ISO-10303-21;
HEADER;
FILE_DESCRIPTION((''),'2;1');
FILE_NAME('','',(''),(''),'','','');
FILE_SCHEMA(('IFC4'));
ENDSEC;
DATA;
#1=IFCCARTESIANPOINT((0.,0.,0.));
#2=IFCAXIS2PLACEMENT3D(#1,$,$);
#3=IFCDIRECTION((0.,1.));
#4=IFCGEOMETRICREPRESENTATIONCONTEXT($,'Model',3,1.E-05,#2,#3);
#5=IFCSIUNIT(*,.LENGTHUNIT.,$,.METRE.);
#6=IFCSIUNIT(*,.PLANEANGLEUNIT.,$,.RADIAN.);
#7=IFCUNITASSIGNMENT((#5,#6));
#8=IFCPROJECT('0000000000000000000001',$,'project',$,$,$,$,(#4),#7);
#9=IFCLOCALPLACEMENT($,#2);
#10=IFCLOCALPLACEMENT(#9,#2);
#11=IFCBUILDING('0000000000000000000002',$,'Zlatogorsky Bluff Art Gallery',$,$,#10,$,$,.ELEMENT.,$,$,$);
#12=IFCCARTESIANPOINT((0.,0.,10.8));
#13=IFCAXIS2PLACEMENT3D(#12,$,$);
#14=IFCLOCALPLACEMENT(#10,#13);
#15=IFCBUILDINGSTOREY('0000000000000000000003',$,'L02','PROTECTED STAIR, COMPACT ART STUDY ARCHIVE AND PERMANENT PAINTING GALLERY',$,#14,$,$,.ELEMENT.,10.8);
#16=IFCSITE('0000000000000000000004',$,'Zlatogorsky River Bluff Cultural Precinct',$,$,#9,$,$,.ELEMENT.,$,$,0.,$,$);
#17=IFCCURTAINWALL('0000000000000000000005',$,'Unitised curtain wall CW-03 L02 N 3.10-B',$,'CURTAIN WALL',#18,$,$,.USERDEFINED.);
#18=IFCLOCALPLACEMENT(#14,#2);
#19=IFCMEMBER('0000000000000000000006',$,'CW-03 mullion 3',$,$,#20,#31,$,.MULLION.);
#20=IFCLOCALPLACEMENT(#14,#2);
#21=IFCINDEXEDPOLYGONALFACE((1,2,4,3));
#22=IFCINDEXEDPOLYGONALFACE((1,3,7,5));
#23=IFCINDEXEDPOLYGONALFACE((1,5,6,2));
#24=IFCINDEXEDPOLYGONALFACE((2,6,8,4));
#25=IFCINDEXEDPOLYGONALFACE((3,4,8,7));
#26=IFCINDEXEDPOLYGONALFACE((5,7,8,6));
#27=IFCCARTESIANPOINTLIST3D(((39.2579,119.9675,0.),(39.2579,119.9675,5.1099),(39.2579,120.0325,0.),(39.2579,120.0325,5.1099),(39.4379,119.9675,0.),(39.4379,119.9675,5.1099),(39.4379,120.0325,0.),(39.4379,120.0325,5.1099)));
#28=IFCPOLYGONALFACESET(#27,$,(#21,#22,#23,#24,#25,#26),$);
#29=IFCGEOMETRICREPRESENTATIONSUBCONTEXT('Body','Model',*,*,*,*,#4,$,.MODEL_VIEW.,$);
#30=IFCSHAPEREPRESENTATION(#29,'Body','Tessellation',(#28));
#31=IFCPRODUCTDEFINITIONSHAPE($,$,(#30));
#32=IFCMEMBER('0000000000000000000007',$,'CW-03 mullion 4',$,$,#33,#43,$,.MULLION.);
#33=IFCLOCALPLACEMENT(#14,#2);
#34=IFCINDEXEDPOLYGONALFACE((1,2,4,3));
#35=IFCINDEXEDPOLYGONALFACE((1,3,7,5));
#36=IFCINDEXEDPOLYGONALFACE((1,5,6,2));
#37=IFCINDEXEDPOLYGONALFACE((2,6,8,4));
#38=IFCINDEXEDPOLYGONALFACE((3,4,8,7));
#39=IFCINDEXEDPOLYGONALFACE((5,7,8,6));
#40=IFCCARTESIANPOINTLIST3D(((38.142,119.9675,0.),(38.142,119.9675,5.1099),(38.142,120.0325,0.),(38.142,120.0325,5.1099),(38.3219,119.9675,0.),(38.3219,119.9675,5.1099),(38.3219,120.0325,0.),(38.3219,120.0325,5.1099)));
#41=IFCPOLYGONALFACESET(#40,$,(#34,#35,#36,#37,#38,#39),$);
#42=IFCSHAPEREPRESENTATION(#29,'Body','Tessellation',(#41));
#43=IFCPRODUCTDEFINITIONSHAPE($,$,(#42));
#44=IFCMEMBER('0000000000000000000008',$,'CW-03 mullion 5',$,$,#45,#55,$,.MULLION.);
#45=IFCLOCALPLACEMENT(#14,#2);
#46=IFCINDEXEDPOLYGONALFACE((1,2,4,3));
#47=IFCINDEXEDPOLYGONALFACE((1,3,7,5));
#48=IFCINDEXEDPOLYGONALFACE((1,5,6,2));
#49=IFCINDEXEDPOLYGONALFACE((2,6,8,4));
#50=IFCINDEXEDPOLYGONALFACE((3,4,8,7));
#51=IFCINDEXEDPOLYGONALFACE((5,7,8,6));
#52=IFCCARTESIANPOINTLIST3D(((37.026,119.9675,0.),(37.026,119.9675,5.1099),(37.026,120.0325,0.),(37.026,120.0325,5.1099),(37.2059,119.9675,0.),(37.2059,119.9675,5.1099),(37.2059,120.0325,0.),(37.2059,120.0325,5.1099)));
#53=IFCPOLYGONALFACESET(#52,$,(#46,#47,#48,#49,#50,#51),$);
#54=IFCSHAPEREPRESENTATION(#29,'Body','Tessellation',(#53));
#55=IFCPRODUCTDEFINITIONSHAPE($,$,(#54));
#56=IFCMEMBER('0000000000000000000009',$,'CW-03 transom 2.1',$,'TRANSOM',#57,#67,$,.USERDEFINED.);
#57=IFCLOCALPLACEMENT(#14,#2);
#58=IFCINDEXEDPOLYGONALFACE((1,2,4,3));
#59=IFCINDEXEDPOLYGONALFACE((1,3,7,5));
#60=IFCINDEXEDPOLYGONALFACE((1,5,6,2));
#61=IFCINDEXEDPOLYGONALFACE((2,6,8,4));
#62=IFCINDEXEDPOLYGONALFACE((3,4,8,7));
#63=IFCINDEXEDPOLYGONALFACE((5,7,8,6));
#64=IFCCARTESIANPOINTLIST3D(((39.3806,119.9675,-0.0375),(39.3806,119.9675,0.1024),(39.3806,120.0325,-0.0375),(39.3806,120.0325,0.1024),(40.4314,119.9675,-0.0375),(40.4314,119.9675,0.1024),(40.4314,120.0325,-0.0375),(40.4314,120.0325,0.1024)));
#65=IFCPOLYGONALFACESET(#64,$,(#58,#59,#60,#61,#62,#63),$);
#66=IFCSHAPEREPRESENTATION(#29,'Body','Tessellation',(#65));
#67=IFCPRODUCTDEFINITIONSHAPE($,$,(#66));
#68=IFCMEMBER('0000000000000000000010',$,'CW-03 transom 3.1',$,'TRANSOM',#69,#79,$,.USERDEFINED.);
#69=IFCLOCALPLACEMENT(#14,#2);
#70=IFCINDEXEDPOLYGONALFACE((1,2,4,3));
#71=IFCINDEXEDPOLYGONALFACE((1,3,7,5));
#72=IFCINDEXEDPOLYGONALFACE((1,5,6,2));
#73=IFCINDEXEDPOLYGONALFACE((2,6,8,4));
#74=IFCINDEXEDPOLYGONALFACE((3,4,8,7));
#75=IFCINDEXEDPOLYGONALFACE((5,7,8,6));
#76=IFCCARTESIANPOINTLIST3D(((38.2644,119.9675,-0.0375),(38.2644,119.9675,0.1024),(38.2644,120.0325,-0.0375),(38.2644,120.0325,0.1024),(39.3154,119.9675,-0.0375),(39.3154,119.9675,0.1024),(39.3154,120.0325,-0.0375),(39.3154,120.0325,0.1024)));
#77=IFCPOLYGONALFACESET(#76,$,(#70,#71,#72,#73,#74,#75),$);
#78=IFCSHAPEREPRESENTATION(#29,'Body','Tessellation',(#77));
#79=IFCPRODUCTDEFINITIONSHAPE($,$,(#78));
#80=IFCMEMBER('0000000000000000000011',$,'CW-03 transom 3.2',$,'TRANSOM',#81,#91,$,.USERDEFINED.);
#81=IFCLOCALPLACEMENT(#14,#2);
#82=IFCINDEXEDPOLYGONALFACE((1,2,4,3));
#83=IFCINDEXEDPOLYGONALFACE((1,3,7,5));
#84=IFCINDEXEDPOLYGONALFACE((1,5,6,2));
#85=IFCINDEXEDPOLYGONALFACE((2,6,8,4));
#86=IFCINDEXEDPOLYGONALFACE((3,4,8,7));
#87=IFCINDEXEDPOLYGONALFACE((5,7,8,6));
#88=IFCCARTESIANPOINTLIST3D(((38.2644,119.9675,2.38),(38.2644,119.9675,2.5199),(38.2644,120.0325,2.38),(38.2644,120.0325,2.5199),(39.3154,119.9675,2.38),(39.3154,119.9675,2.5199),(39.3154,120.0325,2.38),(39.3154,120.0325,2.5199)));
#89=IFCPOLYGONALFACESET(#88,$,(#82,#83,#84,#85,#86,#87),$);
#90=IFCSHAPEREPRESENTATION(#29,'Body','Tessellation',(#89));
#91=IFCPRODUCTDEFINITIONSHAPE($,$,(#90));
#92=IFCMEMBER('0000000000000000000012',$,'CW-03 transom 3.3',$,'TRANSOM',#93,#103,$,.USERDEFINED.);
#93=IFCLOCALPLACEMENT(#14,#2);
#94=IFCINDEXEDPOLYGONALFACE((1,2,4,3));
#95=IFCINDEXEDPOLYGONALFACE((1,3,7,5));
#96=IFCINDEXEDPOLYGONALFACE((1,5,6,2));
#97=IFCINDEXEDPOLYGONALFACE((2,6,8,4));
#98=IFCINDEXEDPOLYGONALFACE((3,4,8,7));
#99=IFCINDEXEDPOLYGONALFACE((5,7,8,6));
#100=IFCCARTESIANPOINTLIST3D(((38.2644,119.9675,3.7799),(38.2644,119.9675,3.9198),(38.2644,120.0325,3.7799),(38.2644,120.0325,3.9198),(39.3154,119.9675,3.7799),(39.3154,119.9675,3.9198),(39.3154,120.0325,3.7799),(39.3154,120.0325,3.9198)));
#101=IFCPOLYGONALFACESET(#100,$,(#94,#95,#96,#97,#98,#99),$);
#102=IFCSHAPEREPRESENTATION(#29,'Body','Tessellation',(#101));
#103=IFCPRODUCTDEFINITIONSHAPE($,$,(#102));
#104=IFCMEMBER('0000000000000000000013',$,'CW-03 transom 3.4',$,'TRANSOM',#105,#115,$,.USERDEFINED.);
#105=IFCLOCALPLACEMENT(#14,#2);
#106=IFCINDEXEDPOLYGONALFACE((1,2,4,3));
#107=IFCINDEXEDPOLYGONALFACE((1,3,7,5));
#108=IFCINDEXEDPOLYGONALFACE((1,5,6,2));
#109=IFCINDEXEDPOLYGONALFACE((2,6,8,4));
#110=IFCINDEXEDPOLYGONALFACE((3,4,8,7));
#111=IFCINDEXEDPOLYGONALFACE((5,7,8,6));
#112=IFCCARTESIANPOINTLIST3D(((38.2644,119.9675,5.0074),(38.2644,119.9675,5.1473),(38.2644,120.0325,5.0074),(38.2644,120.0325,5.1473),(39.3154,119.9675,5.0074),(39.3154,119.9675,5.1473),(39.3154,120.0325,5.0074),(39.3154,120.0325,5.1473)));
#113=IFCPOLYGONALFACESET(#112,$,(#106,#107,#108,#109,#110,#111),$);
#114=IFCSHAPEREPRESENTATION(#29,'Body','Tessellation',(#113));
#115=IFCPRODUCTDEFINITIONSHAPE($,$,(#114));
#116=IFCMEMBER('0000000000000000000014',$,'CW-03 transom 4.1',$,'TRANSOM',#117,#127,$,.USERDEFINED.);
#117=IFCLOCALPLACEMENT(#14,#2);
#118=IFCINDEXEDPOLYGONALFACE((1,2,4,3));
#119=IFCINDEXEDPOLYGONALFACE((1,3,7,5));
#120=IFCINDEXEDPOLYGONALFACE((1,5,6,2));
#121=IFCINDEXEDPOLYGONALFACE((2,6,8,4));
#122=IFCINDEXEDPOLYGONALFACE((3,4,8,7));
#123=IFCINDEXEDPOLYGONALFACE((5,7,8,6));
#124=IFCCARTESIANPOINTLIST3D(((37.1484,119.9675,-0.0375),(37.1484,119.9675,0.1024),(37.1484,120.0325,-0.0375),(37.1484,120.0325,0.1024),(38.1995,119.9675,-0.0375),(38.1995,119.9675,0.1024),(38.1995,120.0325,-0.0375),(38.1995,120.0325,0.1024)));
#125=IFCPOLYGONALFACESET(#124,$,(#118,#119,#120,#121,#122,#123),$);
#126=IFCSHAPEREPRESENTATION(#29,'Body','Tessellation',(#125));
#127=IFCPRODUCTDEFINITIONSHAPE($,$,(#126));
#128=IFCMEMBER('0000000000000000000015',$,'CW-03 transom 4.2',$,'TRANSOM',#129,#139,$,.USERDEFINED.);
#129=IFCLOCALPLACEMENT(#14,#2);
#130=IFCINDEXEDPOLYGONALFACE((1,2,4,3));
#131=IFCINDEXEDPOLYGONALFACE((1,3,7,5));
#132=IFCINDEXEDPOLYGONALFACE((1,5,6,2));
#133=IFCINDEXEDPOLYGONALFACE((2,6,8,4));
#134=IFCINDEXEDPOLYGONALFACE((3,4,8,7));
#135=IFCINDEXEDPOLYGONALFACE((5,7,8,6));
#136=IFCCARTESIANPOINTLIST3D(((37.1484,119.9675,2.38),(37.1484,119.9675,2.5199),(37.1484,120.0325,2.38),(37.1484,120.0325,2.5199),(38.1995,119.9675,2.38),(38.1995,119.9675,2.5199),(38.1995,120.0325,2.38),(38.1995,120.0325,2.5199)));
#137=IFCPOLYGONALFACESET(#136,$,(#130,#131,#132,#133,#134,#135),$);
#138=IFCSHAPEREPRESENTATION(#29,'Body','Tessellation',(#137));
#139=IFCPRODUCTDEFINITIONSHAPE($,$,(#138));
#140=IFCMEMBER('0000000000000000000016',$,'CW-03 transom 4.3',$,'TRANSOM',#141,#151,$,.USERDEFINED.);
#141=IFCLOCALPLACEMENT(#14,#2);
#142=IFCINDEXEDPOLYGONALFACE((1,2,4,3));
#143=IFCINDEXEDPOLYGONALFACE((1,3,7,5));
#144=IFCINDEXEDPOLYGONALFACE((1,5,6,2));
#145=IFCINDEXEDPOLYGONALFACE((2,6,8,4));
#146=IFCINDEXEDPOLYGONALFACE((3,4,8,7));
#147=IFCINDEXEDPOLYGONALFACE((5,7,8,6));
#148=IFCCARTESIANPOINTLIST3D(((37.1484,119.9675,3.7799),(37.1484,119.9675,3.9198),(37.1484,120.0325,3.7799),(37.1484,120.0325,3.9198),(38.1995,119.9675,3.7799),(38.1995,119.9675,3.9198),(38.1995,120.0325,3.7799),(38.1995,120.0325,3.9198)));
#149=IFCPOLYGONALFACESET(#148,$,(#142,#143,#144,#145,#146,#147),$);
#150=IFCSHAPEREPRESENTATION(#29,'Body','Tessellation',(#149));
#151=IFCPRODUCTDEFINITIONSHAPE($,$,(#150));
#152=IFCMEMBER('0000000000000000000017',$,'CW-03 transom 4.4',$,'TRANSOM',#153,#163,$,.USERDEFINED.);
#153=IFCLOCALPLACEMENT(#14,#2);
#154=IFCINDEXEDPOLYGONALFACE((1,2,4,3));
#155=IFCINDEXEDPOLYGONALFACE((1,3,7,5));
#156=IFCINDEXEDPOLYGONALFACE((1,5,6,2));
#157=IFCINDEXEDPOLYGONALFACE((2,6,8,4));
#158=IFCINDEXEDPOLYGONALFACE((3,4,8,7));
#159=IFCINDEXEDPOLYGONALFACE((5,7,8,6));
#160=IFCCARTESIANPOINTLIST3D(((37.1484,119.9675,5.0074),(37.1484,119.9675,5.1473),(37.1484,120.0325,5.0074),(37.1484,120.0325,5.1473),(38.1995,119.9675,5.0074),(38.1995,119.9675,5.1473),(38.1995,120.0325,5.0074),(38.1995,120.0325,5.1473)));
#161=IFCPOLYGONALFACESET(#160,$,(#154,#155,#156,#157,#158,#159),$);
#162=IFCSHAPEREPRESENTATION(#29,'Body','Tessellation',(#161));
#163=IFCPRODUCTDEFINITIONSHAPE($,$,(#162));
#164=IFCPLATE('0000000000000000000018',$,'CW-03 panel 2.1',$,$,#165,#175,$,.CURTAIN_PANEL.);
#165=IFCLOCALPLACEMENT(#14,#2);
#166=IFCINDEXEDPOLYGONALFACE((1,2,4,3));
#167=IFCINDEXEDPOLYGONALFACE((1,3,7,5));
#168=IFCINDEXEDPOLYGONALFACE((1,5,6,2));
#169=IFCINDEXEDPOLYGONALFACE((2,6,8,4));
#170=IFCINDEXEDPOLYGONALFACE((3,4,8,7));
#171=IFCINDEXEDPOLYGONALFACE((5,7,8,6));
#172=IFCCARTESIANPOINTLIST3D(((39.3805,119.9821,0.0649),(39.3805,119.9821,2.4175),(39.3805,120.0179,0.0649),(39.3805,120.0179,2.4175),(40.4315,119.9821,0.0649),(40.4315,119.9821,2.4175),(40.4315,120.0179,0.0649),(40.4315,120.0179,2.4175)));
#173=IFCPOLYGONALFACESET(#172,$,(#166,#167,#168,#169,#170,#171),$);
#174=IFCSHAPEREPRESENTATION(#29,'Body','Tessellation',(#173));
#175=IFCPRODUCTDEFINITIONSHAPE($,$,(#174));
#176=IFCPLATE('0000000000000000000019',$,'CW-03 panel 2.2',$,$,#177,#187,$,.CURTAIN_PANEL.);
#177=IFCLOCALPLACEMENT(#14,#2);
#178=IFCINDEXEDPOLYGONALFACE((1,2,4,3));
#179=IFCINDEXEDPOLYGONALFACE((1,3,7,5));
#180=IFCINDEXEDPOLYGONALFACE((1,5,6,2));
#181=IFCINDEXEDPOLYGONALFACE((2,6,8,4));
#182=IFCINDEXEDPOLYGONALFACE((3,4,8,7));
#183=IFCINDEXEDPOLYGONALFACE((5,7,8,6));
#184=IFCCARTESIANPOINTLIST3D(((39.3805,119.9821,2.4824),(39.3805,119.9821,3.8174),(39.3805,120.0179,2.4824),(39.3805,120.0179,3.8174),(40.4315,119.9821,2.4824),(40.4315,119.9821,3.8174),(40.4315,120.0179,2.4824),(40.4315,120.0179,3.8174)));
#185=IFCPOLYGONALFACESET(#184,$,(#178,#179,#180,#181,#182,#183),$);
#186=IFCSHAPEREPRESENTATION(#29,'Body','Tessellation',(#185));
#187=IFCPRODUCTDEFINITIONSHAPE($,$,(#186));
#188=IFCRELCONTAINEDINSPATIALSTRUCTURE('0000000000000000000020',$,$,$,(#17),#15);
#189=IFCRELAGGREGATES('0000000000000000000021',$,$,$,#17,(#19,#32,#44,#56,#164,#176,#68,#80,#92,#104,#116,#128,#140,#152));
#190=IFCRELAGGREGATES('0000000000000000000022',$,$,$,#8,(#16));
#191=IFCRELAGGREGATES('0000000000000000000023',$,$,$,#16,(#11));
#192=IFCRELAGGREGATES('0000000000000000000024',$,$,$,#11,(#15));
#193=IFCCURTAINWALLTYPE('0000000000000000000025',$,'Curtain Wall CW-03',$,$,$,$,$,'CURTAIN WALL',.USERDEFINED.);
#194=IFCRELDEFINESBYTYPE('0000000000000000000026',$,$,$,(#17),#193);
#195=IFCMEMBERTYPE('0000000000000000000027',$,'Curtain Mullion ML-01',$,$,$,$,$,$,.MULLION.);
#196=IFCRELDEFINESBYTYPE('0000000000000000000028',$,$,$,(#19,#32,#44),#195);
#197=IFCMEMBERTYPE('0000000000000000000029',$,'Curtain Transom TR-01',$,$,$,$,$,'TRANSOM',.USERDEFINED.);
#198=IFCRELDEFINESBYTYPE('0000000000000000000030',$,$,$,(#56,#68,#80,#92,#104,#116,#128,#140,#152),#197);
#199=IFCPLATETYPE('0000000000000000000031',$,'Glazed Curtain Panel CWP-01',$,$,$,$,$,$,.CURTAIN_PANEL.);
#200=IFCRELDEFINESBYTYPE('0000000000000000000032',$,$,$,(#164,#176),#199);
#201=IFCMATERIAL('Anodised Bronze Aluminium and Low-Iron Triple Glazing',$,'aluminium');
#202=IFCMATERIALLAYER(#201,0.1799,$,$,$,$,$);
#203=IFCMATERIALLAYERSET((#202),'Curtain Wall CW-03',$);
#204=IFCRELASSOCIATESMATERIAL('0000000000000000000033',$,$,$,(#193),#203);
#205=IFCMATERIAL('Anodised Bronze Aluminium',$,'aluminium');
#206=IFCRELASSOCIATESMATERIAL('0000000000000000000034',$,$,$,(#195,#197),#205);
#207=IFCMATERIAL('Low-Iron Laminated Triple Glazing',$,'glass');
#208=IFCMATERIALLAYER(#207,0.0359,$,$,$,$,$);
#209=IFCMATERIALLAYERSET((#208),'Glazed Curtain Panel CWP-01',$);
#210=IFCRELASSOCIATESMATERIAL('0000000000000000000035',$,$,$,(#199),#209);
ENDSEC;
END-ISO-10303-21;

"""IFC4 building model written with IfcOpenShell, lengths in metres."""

from ifc_helpers import new_model, si_unit, direction, frame, origin, origin_2d, place, context, subcontext, project, spatial, rectangle, extrude, material, layer, layer_set, material_profile, profile_set, type_object, element, aggregate, save


model = new_model("IFC4")

# Units and contexts
model_context = context("Model", 3, precision=1e-05, world=origin(), true_north=direction((0.0, 1.0)))
body_context = subcontext(model_context, "Body", "Model", "MODEL_VIEW")
ifc_project = project(units=[si_unit("LENGTHUNIT", "METRE"), si_unit("PLANEANGLEUNIT", "RADIAN")], contexts=[model_context])

# Site, building, storey
site_placement = place(None, origin())
site = spatial("IfcSite", under=ifc_project, at=site_placement, Name="Zlatogorsky River Bluff Cultural Precinct", CompositionType="ELEMENT", RefElevation=0.0)
building_placement = place(site_placement, origin())
building = spatial("IfcBuilding", under=site, at=building_placement, Name="Zlatogorsky Bluff Art Gallery", CompositionType="ELEMENT")
storey_placement = place(building_placement, frame((0.0, 0.0, 10.8)))
storey = spatial("IfcBuildingStorey", under=building, at=storey_placement, Name="L02", Description="PROTECTED STAIR, COMPACT ART STUDY ARCHIVE AND PERMANENT PAINTING GALLERY", CompositionType="ELEMENT", Elevation=10.8)

# Curtain wall, members, plates
ifc_material_1 = material(Name="Anodised Bronze Aluminium and Low-Iron Triple Glazing", Category="aluminium")
ifc_layer_1 = layer(ifc_material_1, 0.1799)
ifc_layer_set_1 = layer_set([ifc_layer_1], Name="Curtain Wall CW-03")
curtain_wall_type = type_object("IfcCurtainWallType", Name="Curtain Wall CW-03", ElementType="CURTAIN WALL", PredefinedType="USERDEFINED", material=ifc_layer_set_1)
curtain_wall_placement = place(storey_placement, origin())
curtain_wall = element("IfcCurtainWall", 1, at=curtain_wall_placement, inside=storey, type_object=curtain_wall_type, Name="Unitised curtain wall CW-03 L02 N 3.10-B", ObjectType="CURTAIN WALL", PredefinedType="USERDEFINED")
ifc_material_2 = material(Name="Anodised Bronze Aluminium", Category="aluminium")
ifc_material_profile_1 = material_profile(ifc_material_2, rectangle(XDim=0.0649, YDim=0.1799, at=origin_2d()), Name="ALU MULLION 65x180")
ifc_profile_set_1 = profile_set([ifc_material_profile_1], Name="Anodised Bronze Aluminium")
member_type_1 = type_object("IfcMemberType", Name="Curtain Mullion ML-01", PredefinedType="MULLION", material=ifc_profile_set_1)
member_1_placement = place(storey_placement, frame((39.3479, 120.0, 0.0), z_axis=(0.0, 0.0, 1.0), x_axis=(0.0, -1.0, 0.0)))
member_1 = element("IfcMember", 2, at=member_1_placement, type_object=member_type_1, Name="CW-03 mullion 3", PredefinedType="MULLION", context=body_context, shape_type="SweptSolid", body=[
    extrude(rectangle(XDim=0.0649, YDim=0.1799, at=origin_2d()), origin(), (0.0, 0.0, 1.0), 5.1099),
])
member_2_placement = place(storey_placement, frame((38.2319, 120.0, 0.0), z_axis=(0.0, 0.0, 1.0), x_axis=(0.0, -1.0, 0.0)))
member_2 = element("IfcMember", 3, at=member_2_placement, type_object=member_type_1, Name="CW-03 mullion 4", PredefinedType="MULLION", context=body_context, shape_type="SweptSolid", body=[
    extrude(rectangle(XDim=0.0649, YDim=0.1799, at=origin_2d()), origin(), (0.0, 0.0, 1.0), 5.1099),
])
member_3_placement = place(storey_placement, frame((37.116, 120.0, 0.0), z_axis=(0.0, 0.0, 1.0), x_axis=(0.0, -1.0, 0.0)))
member_3 = element("IfcMember", 4, at=member_3_placement, type_object=member_type_1, Name="CW-03 mullion 5", PredefinedType="MULLION", context=body_context, shape_type="SweptSolid", body=[
    extrude(rectangle(XDim=0.0649, YDim=0.1799, at=origin_2d()), origin(), (0.0, 0.0, 1.0), 5.1099),
])
ifc_material_profile_2 = material_profile(ifc_material_2, rectangle(XDim=0.0649, YDim=0.1399, at=origin_2d()), Name="ALU TRANSOM 65x140")
ifc_profile_set_2 = profile_set([ifc_material_profile_2], Name="Anodised Bronze Aluminium")
member_type_2 = type_object("IfcMemberType", Name="Curtain Transom TR-01", ElementType="TRANSOM", PredefinedType="USERDEFINED", material=ifc_profile_set_2)
member_4_placement = place(storey_placement, frame((40.4314, 120.0, 0.0325), z_axis=(-1.0, 0.0, 0.0), x_axis=(0.0, -1.0, 0.0)))
member_4 = element("IfcMember", 5, at=member_4_placement, type_object=member_type_2, Name="CW-03 transom 2.1", ObjectType="TRANSOM", PredefinedType="USERDEFINED", context=body_context, shape_type="SweptSolid", body=[
    extrude(rectangle(XDim=0.0649, YDim=0.1399, at=origin_2d()), origin(), (0.0, 0.0, 1.0), 1.0508),
])
member_5_placement = place(storey_placement, frame((39.3154, 120.0, 0.0325), z_axis=(-1.0, 0.0, 0.0), x_axis=(0.0, -1.0, 0.0)))
member_5 = element("IfcMember", 6, at=member_5_placement, type_object=member_type_2, Name="CW-03 transom 3.1", ObjectType="TRANSOM", PredefinedType="USERDEFINED", context=body_context, shape_type="SweptSolid", body=[
    extrude(rectangle(XDim=0.0649, YDim=0.1399, at=origin_2d()), origin(), (0.0, 0.0, 1.0), 1.051),
])
member_6_placement = place(storey_placement, frame((39.3154, 120.0, 2.45), z_axis=(-1.0, 0.0, 0.0), x_axis=(0.0, -1.0, 0.0)))
member_6 = element("IfcMember", 7, at=member_6_placement, type_object=member_type_2, Name="CW-03 transom 3.2", ObjectType="TRANSOM", PredefinedType="USERDEFINED", context=body_context, shape_type="SweptSolid", body=[
    extrude(rectangle(XDim=0.0649, YDim=0.1399, at=origin_2d()), origin(), (0.0, 0.0, 1.0), 1.051),
])
member_7_placement = place(storey_placement, frame((39.3154, 120.0, 3.8499), z_axis=(-1.0, 0.0, 0.0), x_axis=(0.0, -1.0, 0.0)))
member_7 = element("IfcMember", 8, at=member_7_placement, type_object=member_type_2, Name="CW-03 transom 3.3", ObjectType="TRANSOM", PredefinedType="USERDEFINED", context=body_context, shape_type="SweptSolid", body=[
    extrude(rectangle(XDim=0.0649, YDim=0.1399, at=origin_2d()), origin(), (0.0, 0.0, 1.0), 1.051),
])
member_8_placement = place(storey_placement, frame((39.3154, 120.0, 5.0774), z_axis=(-1.0, 0.0, 0.0), x_axis=(0.0, -1.0, 0.0)))
member_8 = element("IfcMember", 9, at=member_8_placement, type_object=member_type_2, Name="CW-03 transom 3.4", ObjectType="TRANSOM", PredefinedType="USERDEFINED", context=body_context, shape_type="SweptSolid", body=[
    extrude(rectangle(XDim=0.0649, YDim=0.1399, at=origin_2d()), origin(), (0.0, 0.0, 1.0), 1.051),
])
member_9_placement = place(storey_placement, frame((38.1995, 120.0, 0.0325), z_axis=(-1.0, 0.0, 0.0), x_axis=(0.0, -1.0, 0.0)))
member_9 = element("IfcMember", 10, at=member_9_placement, type_object=member_type_2, Name="CW-03 transom 4.1", ObjectType="TRANSOM", PredefinedType="USERDEFINED", context=body_context, shape_type="SweptSolid", body=[
    extrude(rectangle(XDim=0.0649, YDim=0.1399, at=origin_2d()), origin(), (0.0, 0.0, 1.0), 1.051),
])
member_10_placement = place(storey_placement, frame((38.1995, 120.0, 2.45), z_axis=(-1.0, 0.0, 0.0), x_axis=(0.0, -1.0, 0.0)))
member_10 = element("IfcMember", 11, at=member_10_placement, type_object=member_type_2, Name="CW-03 transom 4.2", ObjectType="TRANSOM", PredefinedType="USERDEFINED", context=body_context, shape_type="SweptSolid", body=[
    extrude(rectangle(XDim=0.0649, YDim=0.1399, at=origin_2d()), origin(), (0.0, 0.0, 1.0), 1.051),
])
member_11_placement = place(storey_placement, frame((38.1995, 120.0, 3.8499), z_axis=(-1.0, 0.0, 0.0), x_axis=(0.0, -1.0, 0.0)))
member_11 = element("IfcMember", 12, at=member_11_placement, type_object=member_type_2, Name="CW-03 transom 4.3", ObjectType="TRANSOM", PredefinedType="USERDEFINED", context=body_context, shape_type="SweptSolid", body=[
    extrude(rectangle(XDim=0.0649, YDim=0.1399, at=origin_2d()), origin(), (0.0, 0.0, 1.0), 1.051),
])
member_12_placement = place(storey_placement, frame((38.1995, 120.0, 5.0774), z_axis=(-1.0, 0.0, 0.0), x_axis=(0.0, -1.0, 0.0)))
member_12 = element("IfcMember", 13, at=member_12_placement, type_object=member_type_2, Name="CW-03 transom 4.4", ObjectType="TRANSOM", PredefinedType="USERDEFINED", context=body_context, shape_type="SweptSolid", body=[
    extrude(rectangle(XDim=0.0649, YDim=0.1399, at=origin_2d()), origin(), (0.0, 0.0, 1.0), 1.051),
])
ifc_material_3 = material(Name="Low-Iron Laminated Triple Glazing", Category="glass")
ifc_layer_2 = layer(ifc_material_3, 0.0359)
ifc_layer_set_2 = layer_set([ifc_layer_2], Name="Glazed Curtain Panel CWP-01")
plate_type = type_object("IfcPlateType", Name="Glazed Curtain Panel CWP-01", PredefinedType="CURTAIN_PANEL", material=ifc_layer_set_2)
plate_1_placement = place(storey_placement, frame((39.906, 120.0, 0.0649), z_axis=(0.0, 0.0, 1.0), x_axis=(-1.0, 0.0, 0.0)))
plate_1 = element("IfcPlate", 14, at=plate_1_placement, type_object=plate_type, Name="CW-03 panel 2.1", PredefinedType="CURTAIN_PANEL", context=body_context, shape_type="SweptSolid", body=[
    extrude(rectangle(XDim=1.051, YDim=0.0359, at=origin_2d()), origin(), (0.0, 0.0, 1.0), 2.3525),
])
plate_2_placement = place(storey_placement, frame((39.906, 120.0, 2.4824), z_axis=(0.0, 0.0, 1.0), x_axis=(-1.0, 0.0, 0.0)))
plate_2 = element("IfcPlate", 15, at=plate_2_placement, type_object=plate_type, Name="CW-03 panel 2.2", PredefinedType="CURTAIN_PANEL", context=body_context, shape_type="SweptSolid", body=[
    extrude(rectangle(XDim=1.051, YDim=0.0359, at=origin_2d()), origin(), (0.0, 0.0, 1.0), 1.335),
])
aggregate(curtain_wall, [member_1, member_2, member_3, member_4, plate_1, plate_2, member_5, member_6, member_7, member_8, member_9, member_10, member_11, member_12])

save(model, "model.ifc")
